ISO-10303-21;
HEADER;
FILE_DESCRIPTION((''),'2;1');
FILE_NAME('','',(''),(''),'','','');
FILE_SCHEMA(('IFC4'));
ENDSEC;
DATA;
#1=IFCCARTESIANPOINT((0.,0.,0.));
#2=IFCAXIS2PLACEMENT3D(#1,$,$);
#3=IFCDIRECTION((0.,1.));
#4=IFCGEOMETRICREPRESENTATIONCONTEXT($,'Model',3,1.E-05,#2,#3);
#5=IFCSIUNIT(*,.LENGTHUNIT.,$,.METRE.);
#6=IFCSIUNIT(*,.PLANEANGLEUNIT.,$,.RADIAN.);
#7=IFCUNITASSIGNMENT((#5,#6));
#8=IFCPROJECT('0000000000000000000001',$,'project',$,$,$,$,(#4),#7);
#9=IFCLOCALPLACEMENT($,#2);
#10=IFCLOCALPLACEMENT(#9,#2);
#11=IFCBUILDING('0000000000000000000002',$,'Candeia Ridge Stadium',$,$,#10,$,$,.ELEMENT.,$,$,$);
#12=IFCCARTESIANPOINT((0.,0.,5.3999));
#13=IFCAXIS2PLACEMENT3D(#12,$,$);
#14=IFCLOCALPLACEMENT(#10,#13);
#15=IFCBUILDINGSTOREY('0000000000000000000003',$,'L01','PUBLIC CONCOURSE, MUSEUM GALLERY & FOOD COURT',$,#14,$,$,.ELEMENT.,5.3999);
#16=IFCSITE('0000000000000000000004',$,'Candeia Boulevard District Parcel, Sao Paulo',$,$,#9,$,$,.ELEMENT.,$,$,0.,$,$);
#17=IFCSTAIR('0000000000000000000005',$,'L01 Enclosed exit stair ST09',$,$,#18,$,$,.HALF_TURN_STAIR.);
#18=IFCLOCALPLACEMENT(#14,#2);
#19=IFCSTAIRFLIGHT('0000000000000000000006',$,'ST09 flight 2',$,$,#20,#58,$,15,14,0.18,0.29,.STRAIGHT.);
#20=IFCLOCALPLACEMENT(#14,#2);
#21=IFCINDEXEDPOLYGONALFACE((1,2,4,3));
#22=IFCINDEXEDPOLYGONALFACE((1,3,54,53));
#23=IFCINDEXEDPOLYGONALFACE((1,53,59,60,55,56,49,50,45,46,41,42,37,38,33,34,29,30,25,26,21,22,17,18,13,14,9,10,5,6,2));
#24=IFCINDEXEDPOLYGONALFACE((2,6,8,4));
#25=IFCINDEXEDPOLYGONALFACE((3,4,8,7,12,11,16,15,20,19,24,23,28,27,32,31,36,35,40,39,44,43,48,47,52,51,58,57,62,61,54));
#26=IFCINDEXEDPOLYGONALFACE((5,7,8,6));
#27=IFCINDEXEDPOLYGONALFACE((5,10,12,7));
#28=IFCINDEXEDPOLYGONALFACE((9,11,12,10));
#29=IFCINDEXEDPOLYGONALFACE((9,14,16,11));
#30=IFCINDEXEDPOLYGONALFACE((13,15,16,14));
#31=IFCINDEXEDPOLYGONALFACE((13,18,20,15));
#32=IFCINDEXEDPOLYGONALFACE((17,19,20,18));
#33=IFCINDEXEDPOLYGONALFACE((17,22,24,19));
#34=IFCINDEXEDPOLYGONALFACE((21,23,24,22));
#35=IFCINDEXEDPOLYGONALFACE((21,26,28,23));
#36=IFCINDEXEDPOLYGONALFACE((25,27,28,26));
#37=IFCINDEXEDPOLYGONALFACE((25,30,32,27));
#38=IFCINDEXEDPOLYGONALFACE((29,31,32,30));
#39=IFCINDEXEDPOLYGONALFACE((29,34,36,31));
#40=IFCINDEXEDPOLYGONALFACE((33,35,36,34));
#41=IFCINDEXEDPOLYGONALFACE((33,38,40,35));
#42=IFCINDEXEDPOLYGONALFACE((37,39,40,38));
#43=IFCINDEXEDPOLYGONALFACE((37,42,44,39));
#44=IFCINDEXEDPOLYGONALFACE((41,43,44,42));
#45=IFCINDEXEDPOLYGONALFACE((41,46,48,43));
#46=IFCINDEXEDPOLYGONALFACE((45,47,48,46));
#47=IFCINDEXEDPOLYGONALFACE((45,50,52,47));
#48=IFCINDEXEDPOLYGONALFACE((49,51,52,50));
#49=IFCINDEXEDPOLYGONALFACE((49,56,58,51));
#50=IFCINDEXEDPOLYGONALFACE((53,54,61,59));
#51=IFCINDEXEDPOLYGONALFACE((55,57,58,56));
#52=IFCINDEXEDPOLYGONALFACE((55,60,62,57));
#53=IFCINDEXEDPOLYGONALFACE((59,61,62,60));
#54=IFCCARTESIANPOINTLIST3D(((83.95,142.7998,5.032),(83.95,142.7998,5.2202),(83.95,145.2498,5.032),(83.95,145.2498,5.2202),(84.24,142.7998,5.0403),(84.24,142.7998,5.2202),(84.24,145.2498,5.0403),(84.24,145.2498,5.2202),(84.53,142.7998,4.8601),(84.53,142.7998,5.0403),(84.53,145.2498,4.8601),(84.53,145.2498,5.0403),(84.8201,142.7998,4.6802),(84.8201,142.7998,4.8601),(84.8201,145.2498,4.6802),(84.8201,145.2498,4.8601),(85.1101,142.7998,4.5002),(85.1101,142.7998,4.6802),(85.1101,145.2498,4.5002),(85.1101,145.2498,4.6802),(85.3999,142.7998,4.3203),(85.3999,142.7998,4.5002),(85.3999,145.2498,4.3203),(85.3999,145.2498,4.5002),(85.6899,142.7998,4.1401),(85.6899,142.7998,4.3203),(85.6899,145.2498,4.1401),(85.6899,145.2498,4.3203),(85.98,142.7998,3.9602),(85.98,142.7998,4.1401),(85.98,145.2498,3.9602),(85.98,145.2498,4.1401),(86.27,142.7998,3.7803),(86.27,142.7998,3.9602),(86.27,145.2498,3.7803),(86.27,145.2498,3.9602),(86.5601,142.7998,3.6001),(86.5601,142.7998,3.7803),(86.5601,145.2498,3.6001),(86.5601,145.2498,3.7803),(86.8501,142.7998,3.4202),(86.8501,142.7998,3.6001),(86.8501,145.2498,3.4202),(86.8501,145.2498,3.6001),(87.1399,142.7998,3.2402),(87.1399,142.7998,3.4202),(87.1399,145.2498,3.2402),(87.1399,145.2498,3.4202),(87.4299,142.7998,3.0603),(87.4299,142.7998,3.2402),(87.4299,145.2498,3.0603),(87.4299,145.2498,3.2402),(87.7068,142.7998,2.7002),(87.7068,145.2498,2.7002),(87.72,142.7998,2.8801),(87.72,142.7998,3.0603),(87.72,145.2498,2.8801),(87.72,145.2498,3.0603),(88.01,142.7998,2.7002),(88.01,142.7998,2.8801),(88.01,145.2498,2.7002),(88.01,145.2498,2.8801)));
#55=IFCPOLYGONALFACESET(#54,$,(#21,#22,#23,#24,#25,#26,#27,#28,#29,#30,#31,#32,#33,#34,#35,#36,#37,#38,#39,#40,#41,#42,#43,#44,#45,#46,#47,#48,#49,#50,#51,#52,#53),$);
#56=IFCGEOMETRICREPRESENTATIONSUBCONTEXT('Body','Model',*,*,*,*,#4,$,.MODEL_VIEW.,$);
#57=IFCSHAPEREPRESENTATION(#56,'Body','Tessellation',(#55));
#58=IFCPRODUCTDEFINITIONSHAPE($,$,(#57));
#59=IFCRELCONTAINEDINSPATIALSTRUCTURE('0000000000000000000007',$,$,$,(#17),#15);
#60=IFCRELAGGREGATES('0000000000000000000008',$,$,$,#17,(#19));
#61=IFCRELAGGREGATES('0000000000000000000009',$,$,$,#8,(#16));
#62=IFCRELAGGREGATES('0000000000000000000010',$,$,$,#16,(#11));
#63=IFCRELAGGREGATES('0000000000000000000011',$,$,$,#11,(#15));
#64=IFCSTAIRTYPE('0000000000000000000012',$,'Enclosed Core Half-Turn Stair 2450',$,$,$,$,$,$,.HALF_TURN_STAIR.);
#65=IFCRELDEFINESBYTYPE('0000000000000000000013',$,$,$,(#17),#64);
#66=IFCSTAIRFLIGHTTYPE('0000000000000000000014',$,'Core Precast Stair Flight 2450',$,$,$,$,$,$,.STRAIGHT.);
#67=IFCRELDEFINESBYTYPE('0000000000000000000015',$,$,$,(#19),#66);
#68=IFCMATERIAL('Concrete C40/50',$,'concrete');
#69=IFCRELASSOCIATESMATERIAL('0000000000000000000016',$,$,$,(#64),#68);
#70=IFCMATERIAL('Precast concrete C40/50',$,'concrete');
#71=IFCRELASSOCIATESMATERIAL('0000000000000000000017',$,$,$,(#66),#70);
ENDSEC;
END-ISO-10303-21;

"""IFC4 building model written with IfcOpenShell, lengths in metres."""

from ifc_helpers import new_model, si_unit, direction, frame, origin, place, context, subcontext, project, spatial, polyline, outline, extrude, material, type_object, element, aggregate, save


model = new_model("IFC4")

# Units and contexts
model_context = context("Model", 3, precision=1e-05, world=origin(), true_north=direction((0.0, 1.0)))
body_context = subcontext(model_context, "Body", "Model", "MODEL_VIEW")
ifc_project = project(units=[si_unit("LENGTHUNIT", "METRE"), si_unit("PLANEANGLEUNIT", "RADIAN")], contexts=[model_context])

# Site, building, storey
site_placement = place(None, origin())
site = spatial("IfcSite", under=ifc_project, at=site_placement, Name="Candeia Boulevard District Parcel, Sao Paulo", CompositionType="ELEMENT", RefElevation=0.0)
building_placement = place(site_placement, origin())
building = spatial("IfcBuilding", under=site, at=building_placement, Name="Candeia Ridge Stadium", CompositionType="ELEMENT")
storey_placement = place(building_placement, frame((0.0, 0.0, 5.3999)))
storey = spatial("IfcBuildingStorey", under=building, at=storey_placement, Name="L01", Description="PUBLIC CONCOURSE, MUSEUM GALLERY & FOOD COURT", CompositionType="ELEMENT", Elevation=5.3999)

# Shared definitions
ifc_material_1 = material(Name="Concrete C40/50", Category="concrete")

# Stair, stair flight
stair_type = type_object("IfcStairType", Name="Enclosed Core Half-Turn Stair 2450", PredefinedType="HALF_TURN_STAIR", material=ifc_material_1)
stair_placement = place(storey_placement, origin())
stair = element("IfcStair", 1, at=stair_placement, inside=storey, type_object=stair_type, Name="L01 Enclosed exit stair ST09", PredefinedType="HALF_TURN_STAIR")
ifc_material_2 = material(Name="Precast concrete C40/50", Category="concrete")
stair_flight_type = type_object("IfcStairFlightType", Name="Core Precast Stair Flight 2450", PredefinedType="STRAIGHT", material=ifc_material_2)
stair_flight_1_placement = place(storey_placement, frame((88.01, 144.0249, 2.7002), z_axis=(0.0, 0.0, 1.0), x_axis=(-1.0, 0.0, 0.0)))
stair_flight_1 = element("IfcStairFlight", 2, at=stair_flight_1_placement, type_object=stair_flight_type, Name="ST09 flight 2", NumberOfRisers=15, NumberOfTreads=14, PredefinedType="STRAIGHT", RiserHeight=0.18, TreadLength=0.29, context=body_context, shape_type="SweptSolid", body=[
    extrude(outline(polyline([(0.0, 0.0), (0.0, 0.1799), (0.29, 0.1799), (0.29, 0.3601), (0.5801, 0.3601), (0.5801, 0.54), (0.8701, 0.54), (0.8701, 0.72), (1.1599, 0.72), (1.1599, 0.8999), (1.45, 0.8999), (1.45, 1.0801), (1.74, 1.0801), (1.74, 1.26), (2.03, 1.26), (2.03, 1.4399), (2.3201, 1.4399), (2.3201, 1.6201), (2.6101, 1.6201), (2.6101, 1.8), (2.8999, 1.8), (2.8999, 1.98), (3.1899, 1.98), (3.1899, 2.1599), (3.48, 2.1599), (3.48, 2.3401), (3.77, 2.3401), (3.77, 2.52), (4.0601, 2.52), (4.0601, 2.7), (4.0601, 2.3318), (0.3032, 0.0), (0.0, 0.0)])), frame((0.0, 1.2251, 0.0), z_axis=(0.0, -1.0, 0.0), x_axis=(1.0, 0.0, 0.0)), (0.0, 0.0, 1.0), 2.45),
])
aggregate(stair, [stair_flight_1])

save(model, "model.ifc")
